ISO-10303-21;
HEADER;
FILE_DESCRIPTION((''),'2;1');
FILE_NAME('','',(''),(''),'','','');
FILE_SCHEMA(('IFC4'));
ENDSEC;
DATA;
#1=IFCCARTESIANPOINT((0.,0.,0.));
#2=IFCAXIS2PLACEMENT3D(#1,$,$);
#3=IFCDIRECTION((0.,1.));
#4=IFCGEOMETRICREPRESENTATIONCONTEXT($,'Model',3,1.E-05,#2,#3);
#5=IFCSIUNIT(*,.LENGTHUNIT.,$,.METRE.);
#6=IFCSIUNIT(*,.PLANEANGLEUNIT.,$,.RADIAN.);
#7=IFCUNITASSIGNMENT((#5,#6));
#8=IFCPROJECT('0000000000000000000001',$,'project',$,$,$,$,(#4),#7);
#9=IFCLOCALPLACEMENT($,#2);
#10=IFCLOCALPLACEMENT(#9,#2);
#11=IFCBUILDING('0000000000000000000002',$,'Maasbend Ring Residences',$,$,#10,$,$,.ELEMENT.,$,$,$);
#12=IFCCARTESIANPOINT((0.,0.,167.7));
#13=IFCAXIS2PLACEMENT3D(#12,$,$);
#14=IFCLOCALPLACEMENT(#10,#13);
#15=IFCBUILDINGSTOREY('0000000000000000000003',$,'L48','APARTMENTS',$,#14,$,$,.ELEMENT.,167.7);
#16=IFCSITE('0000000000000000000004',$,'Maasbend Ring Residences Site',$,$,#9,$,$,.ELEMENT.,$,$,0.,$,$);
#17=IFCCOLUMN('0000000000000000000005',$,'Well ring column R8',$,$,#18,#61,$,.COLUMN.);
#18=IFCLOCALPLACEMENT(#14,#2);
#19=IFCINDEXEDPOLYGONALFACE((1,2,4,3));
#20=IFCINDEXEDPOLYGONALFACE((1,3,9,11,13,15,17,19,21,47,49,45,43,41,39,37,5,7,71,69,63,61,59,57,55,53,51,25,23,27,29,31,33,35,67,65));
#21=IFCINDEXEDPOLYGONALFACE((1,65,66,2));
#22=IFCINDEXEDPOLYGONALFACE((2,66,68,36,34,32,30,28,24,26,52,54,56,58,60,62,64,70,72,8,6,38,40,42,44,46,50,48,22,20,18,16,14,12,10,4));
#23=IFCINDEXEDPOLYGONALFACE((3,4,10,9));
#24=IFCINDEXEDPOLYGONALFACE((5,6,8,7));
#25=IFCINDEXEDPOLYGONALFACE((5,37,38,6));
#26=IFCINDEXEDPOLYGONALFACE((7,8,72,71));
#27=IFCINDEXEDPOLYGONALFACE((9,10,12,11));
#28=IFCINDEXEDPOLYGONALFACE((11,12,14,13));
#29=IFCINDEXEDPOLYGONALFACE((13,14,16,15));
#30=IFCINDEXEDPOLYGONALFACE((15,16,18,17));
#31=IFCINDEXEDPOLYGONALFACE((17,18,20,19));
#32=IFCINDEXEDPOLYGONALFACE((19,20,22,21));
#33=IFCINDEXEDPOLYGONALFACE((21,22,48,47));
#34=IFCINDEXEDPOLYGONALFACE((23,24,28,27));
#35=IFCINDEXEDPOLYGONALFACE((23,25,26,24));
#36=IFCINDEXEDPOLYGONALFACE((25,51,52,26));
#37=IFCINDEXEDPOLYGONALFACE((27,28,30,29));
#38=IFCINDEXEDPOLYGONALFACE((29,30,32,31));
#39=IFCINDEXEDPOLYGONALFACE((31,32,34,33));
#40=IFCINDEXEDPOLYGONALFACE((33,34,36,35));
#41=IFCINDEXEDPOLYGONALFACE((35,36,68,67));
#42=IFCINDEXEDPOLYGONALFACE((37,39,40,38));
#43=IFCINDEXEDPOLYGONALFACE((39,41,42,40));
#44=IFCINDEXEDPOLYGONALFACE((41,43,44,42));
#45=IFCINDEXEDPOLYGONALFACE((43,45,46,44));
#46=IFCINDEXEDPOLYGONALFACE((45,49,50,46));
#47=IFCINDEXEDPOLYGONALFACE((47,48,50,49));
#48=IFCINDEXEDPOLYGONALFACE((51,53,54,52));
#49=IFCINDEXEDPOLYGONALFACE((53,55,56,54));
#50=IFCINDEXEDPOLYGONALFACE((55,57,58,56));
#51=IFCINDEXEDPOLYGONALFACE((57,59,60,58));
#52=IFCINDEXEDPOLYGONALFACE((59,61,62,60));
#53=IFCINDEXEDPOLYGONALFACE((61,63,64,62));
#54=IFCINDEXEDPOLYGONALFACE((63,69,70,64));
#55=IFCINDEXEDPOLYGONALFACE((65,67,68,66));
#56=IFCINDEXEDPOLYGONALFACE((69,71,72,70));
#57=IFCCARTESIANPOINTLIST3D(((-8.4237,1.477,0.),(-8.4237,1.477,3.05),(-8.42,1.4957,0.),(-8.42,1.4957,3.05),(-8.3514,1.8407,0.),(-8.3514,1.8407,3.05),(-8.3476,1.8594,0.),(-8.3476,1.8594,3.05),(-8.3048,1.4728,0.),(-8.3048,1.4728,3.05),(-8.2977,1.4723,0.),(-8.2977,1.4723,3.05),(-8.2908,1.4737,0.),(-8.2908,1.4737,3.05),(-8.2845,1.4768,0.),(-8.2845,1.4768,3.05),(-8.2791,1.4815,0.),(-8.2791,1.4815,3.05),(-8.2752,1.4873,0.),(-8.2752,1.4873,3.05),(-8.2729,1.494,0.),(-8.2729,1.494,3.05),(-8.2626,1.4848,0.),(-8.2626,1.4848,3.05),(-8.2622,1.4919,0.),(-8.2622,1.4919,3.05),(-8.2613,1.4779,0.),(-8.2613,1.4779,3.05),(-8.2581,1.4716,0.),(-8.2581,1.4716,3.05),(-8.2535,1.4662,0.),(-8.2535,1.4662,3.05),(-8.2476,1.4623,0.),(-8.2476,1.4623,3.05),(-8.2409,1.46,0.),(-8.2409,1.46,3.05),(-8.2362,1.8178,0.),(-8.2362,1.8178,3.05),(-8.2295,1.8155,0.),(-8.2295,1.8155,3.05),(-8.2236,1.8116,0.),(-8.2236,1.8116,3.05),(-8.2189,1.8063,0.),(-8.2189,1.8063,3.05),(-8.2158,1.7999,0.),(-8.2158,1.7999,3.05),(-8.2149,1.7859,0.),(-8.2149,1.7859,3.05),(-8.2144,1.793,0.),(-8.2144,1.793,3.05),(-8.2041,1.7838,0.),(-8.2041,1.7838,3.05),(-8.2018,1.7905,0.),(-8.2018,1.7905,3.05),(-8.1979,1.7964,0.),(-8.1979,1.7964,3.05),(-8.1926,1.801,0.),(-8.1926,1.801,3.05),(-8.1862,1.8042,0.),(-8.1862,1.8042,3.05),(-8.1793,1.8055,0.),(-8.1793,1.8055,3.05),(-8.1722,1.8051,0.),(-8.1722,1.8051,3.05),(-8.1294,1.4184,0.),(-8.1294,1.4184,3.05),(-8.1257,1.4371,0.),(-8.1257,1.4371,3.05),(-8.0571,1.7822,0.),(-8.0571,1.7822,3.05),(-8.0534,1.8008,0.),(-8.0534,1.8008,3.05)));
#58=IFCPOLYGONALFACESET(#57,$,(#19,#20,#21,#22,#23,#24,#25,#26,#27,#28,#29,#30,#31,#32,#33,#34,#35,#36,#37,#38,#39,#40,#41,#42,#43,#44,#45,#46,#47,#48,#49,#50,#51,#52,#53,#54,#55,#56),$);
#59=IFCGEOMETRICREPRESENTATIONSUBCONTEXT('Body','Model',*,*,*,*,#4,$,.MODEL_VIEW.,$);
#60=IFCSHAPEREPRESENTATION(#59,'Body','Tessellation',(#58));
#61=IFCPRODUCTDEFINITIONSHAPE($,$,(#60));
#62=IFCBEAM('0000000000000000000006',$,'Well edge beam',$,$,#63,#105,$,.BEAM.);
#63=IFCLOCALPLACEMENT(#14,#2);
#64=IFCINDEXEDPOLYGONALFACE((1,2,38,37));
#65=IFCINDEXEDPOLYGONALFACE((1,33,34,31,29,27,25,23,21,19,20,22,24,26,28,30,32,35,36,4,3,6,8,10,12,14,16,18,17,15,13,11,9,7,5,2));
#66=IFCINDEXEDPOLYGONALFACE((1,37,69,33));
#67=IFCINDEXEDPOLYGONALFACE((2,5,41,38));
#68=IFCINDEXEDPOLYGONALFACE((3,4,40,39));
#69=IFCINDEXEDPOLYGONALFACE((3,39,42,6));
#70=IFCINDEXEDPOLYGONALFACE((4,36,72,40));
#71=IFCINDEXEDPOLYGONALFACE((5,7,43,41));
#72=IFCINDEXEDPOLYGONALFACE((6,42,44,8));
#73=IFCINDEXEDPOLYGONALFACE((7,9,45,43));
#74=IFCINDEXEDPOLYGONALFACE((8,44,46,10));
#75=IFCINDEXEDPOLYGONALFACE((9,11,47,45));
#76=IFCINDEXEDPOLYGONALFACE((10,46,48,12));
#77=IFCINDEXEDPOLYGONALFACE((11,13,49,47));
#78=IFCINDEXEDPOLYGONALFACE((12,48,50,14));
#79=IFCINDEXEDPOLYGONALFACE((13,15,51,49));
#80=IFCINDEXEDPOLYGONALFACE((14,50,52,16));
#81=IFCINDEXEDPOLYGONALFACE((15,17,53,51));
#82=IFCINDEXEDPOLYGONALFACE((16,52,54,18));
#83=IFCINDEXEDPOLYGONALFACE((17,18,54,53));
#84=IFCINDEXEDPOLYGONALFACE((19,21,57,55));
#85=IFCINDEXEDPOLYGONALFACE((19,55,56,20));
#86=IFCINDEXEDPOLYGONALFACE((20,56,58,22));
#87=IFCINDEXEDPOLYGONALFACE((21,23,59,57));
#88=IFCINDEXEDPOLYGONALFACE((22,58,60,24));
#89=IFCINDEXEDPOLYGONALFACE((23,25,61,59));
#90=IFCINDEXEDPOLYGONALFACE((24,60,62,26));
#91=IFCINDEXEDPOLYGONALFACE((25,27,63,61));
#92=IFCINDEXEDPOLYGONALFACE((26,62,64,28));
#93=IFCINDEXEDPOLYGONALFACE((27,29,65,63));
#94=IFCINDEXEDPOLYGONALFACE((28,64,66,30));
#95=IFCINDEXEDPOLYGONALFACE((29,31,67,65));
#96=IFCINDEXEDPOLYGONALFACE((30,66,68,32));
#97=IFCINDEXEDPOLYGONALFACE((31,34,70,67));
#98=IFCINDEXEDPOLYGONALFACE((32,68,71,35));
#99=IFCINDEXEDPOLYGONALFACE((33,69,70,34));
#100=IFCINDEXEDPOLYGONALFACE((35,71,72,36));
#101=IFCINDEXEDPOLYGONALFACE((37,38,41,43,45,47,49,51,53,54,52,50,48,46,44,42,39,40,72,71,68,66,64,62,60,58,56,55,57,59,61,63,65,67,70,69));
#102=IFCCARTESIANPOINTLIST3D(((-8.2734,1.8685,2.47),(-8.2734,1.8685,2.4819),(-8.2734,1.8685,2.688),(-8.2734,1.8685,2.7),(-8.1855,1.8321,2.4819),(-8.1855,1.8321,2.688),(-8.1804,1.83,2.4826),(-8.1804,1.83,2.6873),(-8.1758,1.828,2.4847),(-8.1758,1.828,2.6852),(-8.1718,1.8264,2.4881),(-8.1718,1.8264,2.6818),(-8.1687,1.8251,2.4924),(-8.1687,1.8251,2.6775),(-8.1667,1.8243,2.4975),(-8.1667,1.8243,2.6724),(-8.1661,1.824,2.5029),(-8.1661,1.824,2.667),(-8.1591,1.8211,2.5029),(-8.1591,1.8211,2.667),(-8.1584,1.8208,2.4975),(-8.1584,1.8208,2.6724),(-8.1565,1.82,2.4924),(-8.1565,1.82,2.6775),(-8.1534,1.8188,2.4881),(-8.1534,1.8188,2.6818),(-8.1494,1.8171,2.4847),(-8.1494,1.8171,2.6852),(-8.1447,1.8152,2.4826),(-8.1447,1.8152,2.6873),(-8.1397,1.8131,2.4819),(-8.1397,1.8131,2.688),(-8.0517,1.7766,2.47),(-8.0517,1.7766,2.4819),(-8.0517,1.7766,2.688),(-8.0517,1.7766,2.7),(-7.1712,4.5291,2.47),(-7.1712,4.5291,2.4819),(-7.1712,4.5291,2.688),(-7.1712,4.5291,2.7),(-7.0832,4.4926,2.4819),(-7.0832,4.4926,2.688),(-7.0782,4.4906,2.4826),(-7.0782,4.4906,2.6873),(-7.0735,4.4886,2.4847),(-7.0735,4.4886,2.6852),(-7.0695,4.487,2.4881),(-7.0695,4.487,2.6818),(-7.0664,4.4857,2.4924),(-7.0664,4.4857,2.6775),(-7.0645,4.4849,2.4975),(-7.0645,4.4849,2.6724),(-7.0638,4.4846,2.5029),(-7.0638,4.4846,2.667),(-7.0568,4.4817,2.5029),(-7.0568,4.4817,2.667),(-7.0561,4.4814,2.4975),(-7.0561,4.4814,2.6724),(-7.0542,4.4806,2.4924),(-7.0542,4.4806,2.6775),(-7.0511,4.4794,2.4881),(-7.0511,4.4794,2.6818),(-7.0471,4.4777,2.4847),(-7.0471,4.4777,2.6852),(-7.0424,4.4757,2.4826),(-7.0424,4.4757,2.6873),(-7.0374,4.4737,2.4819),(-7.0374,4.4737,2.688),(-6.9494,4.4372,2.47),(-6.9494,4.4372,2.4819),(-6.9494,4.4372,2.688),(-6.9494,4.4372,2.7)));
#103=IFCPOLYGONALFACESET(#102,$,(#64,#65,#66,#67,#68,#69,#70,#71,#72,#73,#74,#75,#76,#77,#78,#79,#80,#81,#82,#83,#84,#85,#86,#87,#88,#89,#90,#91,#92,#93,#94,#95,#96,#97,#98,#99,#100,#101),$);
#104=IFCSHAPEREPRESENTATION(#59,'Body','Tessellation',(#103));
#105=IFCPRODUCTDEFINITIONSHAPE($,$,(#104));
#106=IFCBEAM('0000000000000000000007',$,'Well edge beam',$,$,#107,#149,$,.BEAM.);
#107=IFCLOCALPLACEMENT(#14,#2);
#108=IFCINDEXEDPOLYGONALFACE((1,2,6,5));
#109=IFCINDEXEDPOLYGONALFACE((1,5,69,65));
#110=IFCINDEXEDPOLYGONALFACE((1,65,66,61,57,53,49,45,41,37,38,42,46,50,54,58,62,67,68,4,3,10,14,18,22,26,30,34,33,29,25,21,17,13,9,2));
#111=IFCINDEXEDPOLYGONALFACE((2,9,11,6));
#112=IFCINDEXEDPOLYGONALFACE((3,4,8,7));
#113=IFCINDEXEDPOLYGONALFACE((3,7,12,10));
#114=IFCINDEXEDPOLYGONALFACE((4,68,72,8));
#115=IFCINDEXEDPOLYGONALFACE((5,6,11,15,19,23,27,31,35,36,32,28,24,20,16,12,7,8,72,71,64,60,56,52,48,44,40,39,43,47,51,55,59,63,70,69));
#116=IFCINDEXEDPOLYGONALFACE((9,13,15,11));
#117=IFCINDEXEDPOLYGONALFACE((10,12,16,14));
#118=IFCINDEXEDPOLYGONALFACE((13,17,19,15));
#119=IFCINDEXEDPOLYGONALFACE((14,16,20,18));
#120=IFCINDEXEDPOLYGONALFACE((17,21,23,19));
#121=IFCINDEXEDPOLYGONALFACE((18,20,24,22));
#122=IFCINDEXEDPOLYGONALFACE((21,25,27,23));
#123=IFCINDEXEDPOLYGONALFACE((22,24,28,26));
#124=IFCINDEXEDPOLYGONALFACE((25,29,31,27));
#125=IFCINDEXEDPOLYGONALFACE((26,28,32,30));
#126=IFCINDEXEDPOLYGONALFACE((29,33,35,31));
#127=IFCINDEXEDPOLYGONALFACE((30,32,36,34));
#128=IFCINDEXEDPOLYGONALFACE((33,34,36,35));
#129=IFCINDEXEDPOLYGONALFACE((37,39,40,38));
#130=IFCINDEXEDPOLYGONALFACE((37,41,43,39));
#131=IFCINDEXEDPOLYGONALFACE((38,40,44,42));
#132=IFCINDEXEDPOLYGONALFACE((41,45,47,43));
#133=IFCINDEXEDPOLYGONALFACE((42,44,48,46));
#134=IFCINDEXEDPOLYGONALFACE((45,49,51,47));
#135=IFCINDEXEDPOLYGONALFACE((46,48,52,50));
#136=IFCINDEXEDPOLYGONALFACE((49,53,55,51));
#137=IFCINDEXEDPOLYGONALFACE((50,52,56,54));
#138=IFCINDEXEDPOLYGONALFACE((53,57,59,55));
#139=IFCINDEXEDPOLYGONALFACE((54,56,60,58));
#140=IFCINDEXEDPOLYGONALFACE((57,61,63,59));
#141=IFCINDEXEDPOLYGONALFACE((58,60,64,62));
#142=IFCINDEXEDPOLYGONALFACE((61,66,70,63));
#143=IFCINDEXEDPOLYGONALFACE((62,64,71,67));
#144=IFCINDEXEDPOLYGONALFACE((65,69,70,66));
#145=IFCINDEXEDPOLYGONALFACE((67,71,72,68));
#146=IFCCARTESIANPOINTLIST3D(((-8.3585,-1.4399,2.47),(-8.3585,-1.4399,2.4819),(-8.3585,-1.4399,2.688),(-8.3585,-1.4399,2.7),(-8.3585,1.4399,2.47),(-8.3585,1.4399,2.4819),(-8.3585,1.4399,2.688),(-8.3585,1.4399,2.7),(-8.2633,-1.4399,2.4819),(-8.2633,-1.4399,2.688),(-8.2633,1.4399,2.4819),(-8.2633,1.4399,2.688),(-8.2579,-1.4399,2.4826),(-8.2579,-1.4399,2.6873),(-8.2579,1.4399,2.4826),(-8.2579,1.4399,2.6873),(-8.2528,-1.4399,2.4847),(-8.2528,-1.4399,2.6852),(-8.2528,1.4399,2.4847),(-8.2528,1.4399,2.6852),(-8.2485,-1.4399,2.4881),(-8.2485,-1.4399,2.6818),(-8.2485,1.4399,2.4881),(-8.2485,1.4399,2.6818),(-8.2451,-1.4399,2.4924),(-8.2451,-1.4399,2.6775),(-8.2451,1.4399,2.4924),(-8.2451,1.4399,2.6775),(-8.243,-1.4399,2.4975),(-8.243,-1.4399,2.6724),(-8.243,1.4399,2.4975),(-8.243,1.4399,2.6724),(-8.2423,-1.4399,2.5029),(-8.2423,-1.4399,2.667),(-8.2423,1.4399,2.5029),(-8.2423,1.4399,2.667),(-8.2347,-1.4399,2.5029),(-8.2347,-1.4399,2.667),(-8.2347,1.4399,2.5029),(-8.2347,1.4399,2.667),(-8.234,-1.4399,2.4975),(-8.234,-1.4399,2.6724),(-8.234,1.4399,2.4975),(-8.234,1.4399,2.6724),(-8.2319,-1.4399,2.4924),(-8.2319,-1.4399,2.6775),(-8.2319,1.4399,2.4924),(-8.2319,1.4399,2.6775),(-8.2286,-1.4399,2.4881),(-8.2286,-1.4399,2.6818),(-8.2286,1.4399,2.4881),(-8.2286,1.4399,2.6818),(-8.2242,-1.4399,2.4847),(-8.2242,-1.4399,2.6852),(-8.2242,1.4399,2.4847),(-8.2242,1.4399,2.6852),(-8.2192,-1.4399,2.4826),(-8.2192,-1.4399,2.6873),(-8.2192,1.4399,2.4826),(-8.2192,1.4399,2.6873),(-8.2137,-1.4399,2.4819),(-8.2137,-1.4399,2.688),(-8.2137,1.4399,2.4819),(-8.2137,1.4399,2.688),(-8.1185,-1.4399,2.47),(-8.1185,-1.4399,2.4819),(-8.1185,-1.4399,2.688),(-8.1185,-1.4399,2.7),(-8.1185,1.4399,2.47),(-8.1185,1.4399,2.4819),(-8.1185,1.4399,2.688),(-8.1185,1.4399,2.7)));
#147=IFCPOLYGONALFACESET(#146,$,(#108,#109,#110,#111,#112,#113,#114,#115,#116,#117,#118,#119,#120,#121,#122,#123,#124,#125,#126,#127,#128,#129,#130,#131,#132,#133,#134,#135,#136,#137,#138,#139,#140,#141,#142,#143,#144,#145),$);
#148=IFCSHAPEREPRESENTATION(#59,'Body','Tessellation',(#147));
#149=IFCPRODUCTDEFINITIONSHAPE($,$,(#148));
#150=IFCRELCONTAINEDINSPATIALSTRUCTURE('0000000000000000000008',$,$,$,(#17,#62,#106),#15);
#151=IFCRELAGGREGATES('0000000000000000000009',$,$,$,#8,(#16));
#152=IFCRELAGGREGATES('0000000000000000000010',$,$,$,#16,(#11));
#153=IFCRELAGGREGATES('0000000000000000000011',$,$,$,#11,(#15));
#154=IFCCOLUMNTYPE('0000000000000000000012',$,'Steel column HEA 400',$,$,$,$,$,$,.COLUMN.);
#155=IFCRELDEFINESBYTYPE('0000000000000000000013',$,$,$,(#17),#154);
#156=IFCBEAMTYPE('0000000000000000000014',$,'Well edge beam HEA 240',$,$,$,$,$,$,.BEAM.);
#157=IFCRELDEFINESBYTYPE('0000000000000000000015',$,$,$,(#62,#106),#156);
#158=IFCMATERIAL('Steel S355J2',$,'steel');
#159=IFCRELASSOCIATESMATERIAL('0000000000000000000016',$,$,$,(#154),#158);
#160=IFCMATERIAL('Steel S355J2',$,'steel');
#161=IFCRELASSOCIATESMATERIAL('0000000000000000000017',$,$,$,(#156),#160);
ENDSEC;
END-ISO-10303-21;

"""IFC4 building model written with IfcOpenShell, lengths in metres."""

from ifc_helpers import new_model, si_unit, direction, frame, origin, origin_2d, place, context, subcontext, project, spatial, i_section, extrude, material, material_profile, profile_set, type_object, element, save


model = new_model("IFC4")

# Units and contexts
model_context = context("Model", 3, precision=1e-05, world=origin(), true_north=direction((0.0, 1.0)))
body_context = subcontext(model_context, "Body", "Model", "MODEL_VIEW")
ifc_project = project(units=[si_unit("LENGTHUNIT", "METRE"), si_unit("PLANEANGLEUNIT", "RADIAN")], contexts=[model_context])

# Site, building, storey
site_placement = place(None, origin())
site = spatial("IfcSite", under=ifc_project, at=site_placement, Name="Maasbend Ring Residences Site", CompositionType="ELEMENT", RefElevation=0.0)
building_placement = place(site_placement, origin())
building = spatial("IfcBuilding", under=site, at=building_placement, Name="Maasbend Ring Residences", CompositionType="ELEMENT")
storey_placement = place(building_placement, frame((0.0, 0.0, 167.7)))
storey = spatial("IfcBuildingStorey", under=building, at=storey_placement, Name="L48", Description="APARTMENTS", CompositionType="ELEMENT", Elevation=167.7)

# Column
ifc_material_1 = material(Name="Steel S355J2", Category="steel")
ifc_material_profile_1 = material_profile(ifc_material_1, i_section(OverallWidth=0.3, OverallDepth=0.3899, WebThickness=0.011, FlangeThickness=0.019, FilletRadius=0.0271, at=origin_2d()), Name="HEA 400")
ifc_profile_set_1 = profile_set([ifc_material_profile_1], Name="Steel S355J2")
column_type = type_object("IfcColumnType", Name="Steel column HEA 400", PredefinedType="COLUMN", material=ifc_profile_set_1)
column_placement = place(storey_placement, frame((-8.2385, 1.6389, 0.0), z_axis=(0.0, 0.0, 1.0), x_axis=(-0.980785, 0.19509, 0.0)))
element("IfcColumn", 1, at=column_placement, inside=storey, type_object=column_type, Name="Well ring column R8", PredefinedType="COLUMN", context=body_context, shape_type="SweptSolid", body=[
    extrude(i_section(OverallWidth=0.3, OverallDepth=0.3899, WebThickness=0.011, FlangeThickness=0.019, FilletRadius=0.0271, at=origin_2d()), origin(), (0.0, 0.0, 1.0), 3.05),
])

# Beams
ifc_material_2 = material(Name="Steel S355J2", Category="steel")
ifc_material_profile_2 = material_profile(ifc_material_2, i_section(OverallWidth=0.24, OverallDepth=0.23, WebThickness=0.0076, FlangeThickness=0.012, FilletRadius=0.021, at=origin_2d()), Name="HEA 240")
ifc_profile_set_2 = profile_set([ifc_material_profile_2], Name="Steel S355J2")
beam_type = type_object("IfcBeamType", Name="Well edge beam HEA 240", PredefinedType="BEAM", material=ifc_profile_set_2)
for number, where, z_axis, x_axis, name in (
    (2, (-7.0603, 4.4832, 2.585), (-0.382749, -0.923853, 0.0), (0.923853, -0.382749, 0.0), "Well edge beam"),
    (3, (-8.2385, 1.4399, 2.585), (0.0, -1.0, 0.0), (1.0, 0.0, 0.0), "Well edge beam"),
):
    element("IfcBeam", number, at=place(storey_placement, frame(where, z_axis=z_axis, x_axis=x_axis)), inside=storey, type_object=beam_type, Name=name, PredefinedType="BEAM", context=body_context, shape_type="SweptSolid", body=[
        extrude(i_section(OverallWidth=0.24, OverallDepth=0.23, WebThickness=0.0076, FlangeThickness=0.012, FilletRadius=0.021, at=origin_2d()), origin(), (0.0, 0.0, 1.0), 2.8799),
    ])

save(model, "model.ifc")
